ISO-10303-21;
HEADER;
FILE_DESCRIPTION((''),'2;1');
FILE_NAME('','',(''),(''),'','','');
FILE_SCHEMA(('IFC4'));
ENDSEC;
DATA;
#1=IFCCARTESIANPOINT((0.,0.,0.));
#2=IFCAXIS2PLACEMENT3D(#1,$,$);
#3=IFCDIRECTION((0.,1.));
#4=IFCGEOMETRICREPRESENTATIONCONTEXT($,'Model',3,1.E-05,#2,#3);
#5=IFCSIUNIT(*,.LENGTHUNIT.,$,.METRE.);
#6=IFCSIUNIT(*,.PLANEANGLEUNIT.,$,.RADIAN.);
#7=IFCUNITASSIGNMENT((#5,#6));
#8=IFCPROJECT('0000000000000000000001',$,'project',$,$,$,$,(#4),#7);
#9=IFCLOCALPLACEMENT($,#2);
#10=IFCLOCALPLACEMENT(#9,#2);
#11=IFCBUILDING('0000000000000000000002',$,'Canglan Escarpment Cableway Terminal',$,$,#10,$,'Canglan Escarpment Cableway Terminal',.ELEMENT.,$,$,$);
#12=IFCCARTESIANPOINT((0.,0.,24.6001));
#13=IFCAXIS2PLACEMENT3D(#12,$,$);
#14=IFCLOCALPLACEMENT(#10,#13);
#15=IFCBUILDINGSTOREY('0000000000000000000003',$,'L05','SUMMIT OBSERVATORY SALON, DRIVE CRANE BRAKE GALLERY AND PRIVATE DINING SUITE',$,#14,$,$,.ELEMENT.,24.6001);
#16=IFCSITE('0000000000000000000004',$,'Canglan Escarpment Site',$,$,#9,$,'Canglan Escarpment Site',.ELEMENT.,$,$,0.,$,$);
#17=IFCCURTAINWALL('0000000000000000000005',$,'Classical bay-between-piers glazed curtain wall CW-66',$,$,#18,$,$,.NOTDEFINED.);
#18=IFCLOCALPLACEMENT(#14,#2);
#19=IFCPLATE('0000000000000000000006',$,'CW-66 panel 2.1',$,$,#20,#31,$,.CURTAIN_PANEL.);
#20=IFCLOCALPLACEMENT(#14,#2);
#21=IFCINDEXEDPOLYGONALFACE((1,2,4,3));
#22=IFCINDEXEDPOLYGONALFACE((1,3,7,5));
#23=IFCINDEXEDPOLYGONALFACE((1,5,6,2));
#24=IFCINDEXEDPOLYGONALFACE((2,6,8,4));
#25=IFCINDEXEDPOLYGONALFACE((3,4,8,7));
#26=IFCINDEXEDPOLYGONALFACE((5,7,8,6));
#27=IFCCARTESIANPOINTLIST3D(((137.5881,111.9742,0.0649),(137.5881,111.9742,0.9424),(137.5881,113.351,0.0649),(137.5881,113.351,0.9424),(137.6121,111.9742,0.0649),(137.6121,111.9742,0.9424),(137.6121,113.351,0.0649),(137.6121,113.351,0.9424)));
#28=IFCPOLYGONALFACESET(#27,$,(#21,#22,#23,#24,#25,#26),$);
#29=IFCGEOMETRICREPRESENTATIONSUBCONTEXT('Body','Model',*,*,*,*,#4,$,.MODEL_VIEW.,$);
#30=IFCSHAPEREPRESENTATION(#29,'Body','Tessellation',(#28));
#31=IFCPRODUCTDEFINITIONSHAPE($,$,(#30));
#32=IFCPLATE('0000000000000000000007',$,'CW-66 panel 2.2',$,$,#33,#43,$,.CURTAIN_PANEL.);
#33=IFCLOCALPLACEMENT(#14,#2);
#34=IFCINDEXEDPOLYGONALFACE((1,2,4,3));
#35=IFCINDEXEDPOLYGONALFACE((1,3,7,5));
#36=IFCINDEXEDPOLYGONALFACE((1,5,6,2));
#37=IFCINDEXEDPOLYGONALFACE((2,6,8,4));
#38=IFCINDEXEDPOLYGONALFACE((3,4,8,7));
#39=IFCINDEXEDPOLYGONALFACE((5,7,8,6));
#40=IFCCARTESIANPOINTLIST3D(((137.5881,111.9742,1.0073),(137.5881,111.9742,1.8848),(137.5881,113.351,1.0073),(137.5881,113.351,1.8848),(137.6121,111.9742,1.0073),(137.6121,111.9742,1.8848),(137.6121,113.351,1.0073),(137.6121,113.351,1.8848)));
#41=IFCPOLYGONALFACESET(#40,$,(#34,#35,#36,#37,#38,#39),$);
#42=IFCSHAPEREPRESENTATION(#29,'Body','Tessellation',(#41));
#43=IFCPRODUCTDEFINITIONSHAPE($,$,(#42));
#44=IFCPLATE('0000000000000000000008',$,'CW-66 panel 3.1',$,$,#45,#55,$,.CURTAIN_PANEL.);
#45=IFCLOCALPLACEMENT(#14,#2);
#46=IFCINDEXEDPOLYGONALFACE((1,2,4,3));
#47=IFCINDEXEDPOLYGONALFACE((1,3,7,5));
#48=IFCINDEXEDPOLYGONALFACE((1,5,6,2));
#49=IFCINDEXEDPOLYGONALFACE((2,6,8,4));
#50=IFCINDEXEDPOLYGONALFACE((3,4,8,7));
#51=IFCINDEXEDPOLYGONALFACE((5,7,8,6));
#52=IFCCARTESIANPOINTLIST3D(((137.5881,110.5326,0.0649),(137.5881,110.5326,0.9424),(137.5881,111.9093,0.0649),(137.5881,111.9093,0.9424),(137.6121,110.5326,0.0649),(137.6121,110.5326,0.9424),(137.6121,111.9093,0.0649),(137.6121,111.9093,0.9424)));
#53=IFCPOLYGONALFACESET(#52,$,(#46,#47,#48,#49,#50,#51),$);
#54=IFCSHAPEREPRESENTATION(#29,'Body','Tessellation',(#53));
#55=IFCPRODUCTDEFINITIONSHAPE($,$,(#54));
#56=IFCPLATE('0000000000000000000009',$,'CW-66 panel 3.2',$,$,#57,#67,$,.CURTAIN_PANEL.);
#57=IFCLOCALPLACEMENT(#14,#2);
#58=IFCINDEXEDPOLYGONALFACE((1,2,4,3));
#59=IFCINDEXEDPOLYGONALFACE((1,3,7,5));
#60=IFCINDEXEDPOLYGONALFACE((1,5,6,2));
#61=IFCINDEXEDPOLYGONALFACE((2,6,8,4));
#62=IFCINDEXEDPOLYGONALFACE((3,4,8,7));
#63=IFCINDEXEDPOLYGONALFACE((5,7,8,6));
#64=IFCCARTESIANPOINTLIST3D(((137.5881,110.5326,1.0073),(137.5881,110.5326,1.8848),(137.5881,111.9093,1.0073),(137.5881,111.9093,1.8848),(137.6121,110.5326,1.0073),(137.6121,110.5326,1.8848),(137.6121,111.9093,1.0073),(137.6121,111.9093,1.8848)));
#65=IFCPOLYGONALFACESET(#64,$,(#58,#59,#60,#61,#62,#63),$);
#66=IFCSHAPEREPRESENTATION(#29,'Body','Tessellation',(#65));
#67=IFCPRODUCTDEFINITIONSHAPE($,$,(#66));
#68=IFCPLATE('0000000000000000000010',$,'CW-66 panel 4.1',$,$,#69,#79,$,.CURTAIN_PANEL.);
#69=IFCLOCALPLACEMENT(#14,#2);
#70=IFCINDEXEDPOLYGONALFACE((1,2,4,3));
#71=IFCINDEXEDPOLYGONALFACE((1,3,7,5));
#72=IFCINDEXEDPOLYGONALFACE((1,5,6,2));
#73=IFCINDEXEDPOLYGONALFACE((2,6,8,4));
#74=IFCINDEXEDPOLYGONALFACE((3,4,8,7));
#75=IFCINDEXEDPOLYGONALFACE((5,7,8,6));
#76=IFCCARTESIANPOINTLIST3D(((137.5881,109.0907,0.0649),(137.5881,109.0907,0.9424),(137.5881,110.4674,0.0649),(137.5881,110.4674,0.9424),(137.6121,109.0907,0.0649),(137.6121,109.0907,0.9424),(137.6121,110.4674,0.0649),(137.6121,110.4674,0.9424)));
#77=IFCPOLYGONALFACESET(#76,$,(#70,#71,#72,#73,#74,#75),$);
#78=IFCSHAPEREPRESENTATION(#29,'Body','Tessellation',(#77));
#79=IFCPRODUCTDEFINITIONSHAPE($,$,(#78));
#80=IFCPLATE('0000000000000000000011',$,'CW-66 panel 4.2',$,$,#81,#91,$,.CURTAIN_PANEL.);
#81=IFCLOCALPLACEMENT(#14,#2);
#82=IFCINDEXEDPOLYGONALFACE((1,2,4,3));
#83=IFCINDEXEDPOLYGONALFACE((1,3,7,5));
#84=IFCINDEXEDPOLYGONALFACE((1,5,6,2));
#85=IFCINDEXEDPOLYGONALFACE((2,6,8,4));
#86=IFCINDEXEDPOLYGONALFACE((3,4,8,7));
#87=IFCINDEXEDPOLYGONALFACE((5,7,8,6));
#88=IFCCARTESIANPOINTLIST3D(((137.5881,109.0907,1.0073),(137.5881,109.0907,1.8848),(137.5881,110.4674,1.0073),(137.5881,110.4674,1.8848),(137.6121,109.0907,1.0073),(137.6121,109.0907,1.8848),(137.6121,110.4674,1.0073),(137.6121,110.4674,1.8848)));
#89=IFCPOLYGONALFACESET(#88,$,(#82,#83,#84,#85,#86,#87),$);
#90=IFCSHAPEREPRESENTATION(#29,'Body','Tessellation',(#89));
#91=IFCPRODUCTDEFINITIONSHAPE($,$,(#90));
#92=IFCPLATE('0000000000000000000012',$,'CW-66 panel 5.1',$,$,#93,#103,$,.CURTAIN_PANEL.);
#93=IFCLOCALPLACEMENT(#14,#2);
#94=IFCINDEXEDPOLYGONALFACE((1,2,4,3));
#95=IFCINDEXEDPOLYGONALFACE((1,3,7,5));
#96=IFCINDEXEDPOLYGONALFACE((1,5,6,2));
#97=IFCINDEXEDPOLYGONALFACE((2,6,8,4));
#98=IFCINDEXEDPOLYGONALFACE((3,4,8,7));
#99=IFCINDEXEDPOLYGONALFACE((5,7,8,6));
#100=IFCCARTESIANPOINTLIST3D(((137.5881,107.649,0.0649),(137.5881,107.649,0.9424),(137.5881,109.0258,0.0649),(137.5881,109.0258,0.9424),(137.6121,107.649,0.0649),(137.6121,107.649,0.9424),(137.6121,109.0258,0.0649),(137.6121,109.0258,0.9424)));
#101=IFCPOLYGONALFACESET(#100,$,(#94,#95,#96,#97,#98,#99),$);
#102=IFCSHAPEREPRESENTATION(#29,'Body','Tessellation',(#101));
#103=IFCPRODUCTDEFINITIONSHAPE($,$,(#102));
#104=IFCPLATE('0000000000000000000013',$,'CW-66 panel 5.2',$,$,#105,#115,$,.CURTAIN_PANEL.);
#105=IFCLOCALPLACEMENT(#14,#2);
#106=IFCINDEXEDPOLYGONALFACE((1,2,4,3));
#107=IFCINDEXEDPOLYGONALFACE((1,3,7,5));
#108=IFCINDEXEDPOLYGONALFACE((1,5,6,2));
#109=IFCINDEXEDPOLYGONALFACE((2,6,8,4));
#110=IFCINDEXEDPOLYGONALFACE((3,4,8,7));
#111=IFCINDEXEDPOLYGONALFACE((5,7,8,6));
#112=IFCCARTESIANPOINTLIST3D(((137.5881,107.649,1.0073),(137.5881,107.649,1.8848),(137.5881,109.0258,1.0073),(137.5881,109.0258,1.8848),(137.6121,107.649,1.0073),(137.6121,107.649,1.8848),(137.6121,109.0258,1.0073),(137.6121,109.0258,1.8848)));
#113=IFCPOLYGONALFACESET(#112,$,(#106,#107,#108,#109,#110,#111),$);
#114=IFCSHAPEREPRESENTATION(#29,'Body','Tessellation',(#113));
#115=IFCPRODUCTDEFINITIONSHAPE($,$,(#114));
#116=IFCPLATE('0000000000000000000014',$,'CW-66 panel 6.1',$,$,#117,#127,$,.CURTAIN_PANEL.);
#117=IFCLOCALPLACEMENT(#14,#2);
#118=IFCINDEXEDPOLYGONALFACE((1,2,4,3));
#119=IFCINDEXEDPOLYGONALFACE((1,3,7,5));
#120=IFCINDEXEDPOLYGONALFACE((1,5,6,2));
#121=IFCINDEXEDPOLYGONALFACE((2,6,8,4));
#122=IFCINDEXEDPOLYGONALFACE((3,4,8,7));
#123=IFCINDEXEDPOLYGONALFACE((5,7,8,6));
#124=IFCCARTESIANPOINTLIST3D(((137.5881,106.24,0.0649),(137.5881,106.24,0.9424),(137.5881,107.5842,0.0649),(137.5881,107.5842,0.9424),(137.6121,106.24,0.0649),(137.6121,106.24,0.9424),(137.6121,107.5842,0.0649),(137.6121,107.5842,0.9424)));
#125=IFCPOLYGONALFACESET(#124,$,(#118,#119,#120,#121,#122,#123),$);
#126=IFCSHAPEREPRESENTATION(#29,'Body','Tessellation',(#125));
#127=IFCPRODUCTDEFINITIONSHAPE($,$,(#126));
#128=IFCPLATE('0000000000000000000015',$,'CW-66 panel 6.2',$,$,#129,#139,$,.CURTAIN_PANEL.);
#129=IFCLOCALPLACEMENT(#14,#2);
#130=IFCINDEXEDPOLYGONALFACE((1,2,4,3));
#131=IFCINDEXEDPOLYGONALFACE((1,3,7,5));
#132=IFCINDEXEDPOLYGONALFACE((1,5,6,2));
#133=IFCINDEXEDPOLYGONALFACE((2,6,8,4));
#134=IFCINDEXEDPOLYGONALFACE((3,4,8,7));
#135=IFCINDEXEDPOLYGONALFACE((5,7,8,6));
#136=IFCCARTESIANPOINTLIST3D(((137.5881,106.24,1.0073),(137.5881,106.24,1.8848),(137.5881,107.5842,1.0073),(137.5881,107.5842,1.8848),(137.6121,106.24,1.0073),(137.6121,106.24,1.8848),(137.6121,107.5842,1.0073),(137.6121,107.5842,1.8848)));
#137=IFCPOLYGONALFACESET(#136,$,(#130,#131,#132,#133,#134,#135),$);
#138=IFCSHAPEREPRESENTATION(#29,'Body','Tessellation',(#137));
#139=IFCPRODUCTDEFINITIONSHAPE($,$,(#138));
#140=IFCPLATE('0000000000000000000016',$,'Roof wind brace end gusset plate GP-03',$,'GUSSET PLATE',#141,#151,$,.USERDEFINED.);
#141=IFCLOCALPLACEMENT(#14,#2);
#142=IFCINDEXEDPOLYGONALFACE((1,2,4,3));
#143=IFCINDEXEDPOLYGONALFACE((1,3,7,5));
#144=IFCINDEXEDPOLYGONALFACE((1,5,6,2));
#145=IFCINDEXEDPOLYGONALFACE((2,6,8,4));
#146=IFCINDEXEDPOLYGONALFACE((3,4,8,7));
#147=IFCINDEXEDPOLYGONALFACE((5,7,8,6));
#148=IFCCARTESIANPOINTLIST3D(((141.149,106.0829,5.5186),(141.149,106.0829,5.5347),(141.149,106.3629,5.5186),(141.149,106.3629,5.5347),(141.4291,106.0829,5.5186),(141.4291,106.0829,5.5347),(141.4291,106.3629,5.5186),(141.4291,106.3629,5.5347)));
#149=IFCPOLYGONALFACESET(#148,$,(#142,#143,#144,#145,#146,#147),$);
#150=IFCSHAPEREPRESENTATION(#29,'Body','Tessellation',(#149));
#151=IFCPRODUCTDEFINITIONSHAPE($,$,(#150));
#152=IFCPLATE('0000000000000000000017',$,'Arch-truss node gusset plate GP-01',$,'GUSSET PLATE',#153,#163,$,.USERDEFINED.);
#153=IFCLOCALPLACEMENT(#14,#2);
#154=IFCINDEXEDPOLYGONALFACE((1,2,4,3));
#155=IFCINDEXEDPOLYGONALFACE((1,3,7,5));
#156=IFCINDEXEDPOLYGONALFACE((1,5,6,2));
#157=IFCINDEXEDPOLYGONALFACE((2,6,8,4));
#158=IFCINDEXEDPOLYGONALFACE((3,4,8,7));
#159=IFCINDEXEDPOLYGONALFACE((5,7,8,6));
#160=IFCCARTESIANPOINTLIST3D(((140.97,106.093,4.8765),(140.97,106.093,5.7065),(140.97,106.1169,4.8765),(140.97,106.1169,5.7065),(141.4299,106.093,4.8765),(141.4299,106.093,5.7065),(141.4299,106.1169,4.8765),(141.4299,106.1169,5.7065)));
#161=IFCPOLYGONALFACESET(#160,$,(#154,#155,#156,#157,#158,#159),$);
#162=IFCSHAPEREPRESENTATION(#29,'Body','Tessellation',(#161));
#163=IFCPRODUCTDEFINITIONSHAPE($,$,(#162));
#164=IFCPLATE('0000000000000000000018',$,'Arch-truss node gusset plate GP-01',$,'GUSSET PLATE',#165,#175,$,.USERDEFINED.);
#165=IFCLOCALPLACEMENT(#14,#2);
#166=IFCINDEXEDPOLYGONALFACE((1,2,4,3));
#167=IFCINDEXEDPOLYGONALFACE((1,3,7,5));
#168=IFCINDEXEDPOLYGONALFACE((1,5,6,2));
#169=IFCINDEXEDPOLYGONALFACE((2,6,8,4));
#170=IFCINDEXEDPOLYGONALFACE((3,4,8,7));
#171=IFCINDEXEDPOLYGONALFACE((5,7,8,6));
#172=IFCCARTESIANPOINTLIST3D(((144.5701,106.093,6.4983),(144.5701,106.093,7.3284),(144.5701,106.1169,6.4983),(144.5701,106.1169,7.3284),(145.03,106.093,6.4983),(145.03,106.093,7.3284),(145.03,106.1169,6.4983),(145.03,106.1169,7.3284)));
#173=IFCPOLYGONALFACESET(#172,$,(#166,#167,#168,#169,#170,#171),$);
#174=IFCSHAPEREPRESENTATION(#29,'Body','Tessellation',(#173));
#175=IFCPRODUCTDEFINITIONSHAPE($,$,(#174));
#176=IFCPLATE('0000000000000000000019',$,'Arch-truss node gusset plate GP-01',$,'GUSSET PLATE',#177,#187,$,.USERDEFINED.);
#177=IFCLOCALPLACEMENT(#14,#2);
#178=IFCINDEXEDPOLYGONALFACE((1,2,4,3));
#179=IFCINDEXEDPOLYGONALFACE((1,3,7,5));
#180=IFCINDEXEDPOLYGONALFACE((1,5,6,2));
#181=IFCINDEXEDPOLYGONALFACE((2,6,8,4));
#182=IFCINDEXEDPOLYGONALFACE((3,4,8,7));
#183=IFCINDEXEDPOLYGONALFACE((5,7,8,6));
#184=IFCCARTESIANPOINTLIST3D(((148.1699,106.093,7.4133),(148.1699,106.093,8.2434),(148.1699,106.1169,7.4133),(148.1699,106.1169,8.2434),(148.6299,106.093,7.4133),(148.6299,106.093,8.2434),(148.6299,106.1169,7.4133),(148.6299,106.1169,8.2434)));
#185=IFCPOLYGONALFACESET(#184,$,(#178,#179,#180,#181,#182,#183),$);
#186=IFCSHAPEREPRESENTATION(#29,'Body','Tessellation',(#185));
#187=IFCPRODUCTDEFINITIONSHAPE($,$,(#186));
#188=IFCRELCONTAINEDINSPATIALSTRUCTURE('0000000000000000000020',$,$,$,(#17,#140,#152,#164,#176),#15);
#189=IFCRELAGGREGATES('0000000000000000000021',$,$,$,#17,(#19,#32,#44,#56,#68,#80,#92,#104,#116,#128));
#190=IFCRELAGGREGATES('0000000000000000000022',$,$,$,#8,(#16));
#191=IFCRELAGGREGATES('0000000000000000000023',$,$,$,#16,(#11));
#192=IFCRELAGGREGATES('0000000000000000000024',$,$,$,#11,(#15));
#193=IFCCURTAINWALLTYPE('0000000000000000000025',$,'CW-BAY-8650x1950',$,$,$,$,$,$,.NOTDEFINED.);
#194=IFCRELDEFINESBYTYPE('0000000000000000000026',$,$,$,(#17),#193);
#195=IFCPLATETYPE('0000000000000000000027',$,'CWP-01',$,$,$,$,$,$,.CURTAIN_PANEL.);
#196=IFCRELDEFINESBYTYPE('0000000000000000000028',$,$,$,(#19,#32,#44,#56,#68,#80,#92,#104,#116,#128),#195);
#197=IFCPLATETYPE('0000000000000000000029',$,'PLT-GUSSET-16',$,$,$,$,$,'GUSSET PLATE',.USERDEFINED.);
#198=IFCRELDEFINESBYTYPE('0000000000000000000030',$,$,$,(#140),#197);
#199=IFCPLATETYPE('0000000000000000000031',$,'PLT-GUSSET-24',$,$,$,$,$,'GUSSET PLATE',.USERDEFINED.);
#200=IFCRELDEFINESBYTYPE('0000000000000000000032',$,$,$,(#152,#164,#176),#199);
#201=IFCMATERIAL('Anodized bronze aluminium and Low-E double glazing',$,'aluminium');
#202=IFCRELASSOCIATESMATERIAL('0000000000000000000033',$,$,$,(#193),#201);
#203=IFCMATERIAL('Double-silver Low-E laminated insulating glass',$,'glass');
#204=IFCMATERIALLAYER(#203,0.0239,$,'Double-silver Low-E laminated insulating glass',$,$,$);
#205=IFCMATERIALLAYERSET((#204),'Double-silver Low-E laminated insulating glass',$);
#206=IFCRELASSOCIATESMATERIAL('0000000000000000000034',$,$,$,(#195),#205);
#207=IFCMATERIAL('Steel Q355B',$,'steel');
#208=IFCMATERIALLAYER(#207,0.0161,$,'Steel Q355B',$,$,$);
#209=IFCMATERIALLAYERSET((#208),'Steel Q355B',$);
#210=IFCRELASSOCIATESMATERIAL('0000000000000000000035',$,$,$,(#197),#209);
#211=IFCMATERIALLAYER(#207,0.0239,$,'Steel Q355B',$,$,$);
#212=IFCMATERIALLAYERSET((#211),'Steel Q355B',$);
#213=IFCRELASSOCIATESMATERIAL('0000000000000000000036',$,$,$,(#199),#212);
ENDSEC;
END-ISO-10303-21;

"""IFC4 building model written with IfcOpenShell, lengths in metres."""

from ifc_helpers import new_model, si_unit, direction, frame, origin, origin_2d, place, context, subcontext, project, spatial, rectangle, extrude, material, layer, layer_set, type_object, element, aggregate, save


model = new_model("IFC4")

# Units and contexts
model_context = context("Model", 3, precision=1e-05, world=origin(), true_north=direction((0.0, 1.0)))
body_context = subcontext(model_context, "Body", "Model", "MODEL_VIEW")
ifc_project = project(units=[si_unit("LENGTHUNIT", "METRE"), si_unit("PLANEANGLEUNIT", "RADIAN")], contexts=[model_context])

# Site, building, storey
site_placement = place(None, origin())
site = spatial("IfcSite", under=ifc_project, at=site_placement, Name="Canglan Escarpment Site", LongName="Canglan Escarpment Site", CompositionType="ELEMENT", RefElevation=0.0)
building_placement = place(site_placement, origin())
building = spatial("IfcBuilding", under=site, at=building_placement, Name="Canglan Escarpment Cableway Terminal", LongName="Canglan Escarpment Cableway Terminal", CompositionType="ELEMENT")
storey_placement = place(building_placement, frame((0.0, 0.0, 24.6001)))
storey = spatial("IfcBuildingStorey", under=building, at=storey_placement, Name="L05", Description="SUMMIT OBSERVATORY SALON, DRIVE CRANE BRAKE GALLERY AND PRIVATE DINING SUITE", CompositionType="ELEMENT", Elevation=24.6001)

# Curtain wall
ifc_material_1 = material(Name="Anodized bronze aluminium and Low-E double glazing", Category="aluminium")
curtain_wall_type = type_object("IfcCurtainWallType", Name="CW-BAY-8650x1950", PredefinedType="NOTDEFINED", material=ifc_material_1)
curtain_wall_placement = place(storey_placement, origin())
curtain_wall = element("IfcCurtainWall", 1, at=curtain_wall_placement, inside=storey, type_object=curtain_wall_type, Name="Classical bay-between-piers glazed curtain wall CW-66", PredefinedType="NOTDEFINED")

# Shared definitions
ifc_material_2 = material(Name="Steel Q355B", Category="steel")

# Plates
ifc_material_3 = material(Name="Double-silver Low-E laminated insulating glass", Category="glass")
ifc_layer_1 = layer(ifc_material_3, 0.0239, Name="Double-silver Low-E laminated insulating glass")
ifc_layer_set_1 = layer_set([ifc_layer_1], Name="Double-silver Low-E laminated insulating glass")
plate_type_1 = type_object("IfcPlateType", Name="CWP-01", PredefinedType="CURTAIN_PANEL", material=ifc_layer_set_1)
plate_1_placement = place(storey_placement, frame((137.6001, 112.6626, 0.0649), z_axis=(0.0, 0.0, 1.0), x_axis=(0.0, -1.0, 0.0)))
plate_1 = element("IfcPlate", 2, at=plate_1_placement, type_object=plate_type_1, Name="CW-66 panel 2.1", PredefinedType="CURTAIN_PANEL", context=body_context, shape_type="SweptSolid", body=[
    extrude(rectangle(XDim=1.3767, YDim=0.0239, at=origin_2d()), origin(), (0.0, 0.0, 1.0), 0.8774),
])
plate_2_placement = place(storey_placement, frame((137.6001, 112.6626, 1.0073), z_axis=(0.0, 0.0, 1.0), x_axis=(0.0, -1.0, 0.0)))
plate_2 = element("IfcPlate", 3, at=plate_2_placement, type_object=plate_type_1, Name="CW-66 panel 2.2", PredefinedType="CURTAIN_PANEL", context=body_context, shape_type="SweptSolid", body=[
    extrude(rectangle(XDim=1.3767, YDim=0.0239, at=origin_2d()), origin(), (0.0, 0.0, 1.0), 0.8774),
])
plate_3_placement = place(storey_placement, frame((137.6001, 111.2209, 0.0649), z_axis=(0.0, 0.0, 1.0), x_axis=(0.0, -1.0, 0.0)))
plate_3 = element("IfcPlate", 4, at=plate_3_placement, type_object=plate_type_1, Name="CW-66 panel 3.1", PredefinedType="CURTAIN_PANEL", context=body_context, shape_type="SweptSolid", body=[
    extrude(rectangle(XDim=1.3767, YDim=0.0239, at=origin_2d()), origin(), (0.0, 0.0, 1.0), 0.8774),
])
plate_4_placement = place(storey_placement, frame((137.6001, 111.2209, 1.0073), z_axis=(0.0, 0.0, 1.0), x_axis=(0.0, -1.0, 0.0)))
plate_4 = element("IfcPlate", 5, at=plate_4_placement, type_object=plate_type_1, Name="CW-66 panel 3.2", PredefinedType="CURTAIN_PANEL", context=body_context, shape_type="SweptSolid", body=[
    extrude(rectangle(XDim=1.3767, YDim=0.0239, at=origin_2d()), origin(), (0.0, 0.0, 1.0), 0.8774),
])
plate_5_placement = place(storey_placement, frame((137.6001, 109.7791, 0.0649), z_axis=(0.0, 0.0, 1.0), x_axis=(0.0, -1.0, 0.0)))
plate_5 = element("IfcPlate", 6, at=plate_5_placement, type_object=plate_type_1, Name="CW-66 panel 4.1", PredefinedType="CURTAIN_PANEL", context=body_context, shape_type="SweptSolid", body=[
    extrude(rectangle(XDim=1.3767, YDim=0.0239, at=origin_2d()), origin(), (0.0, 0.0, 1.0), 0.8774),
])
plate_6_placement = place(storey_placement, frame((137.6001, 109.7791, 1.0073), z_axis=(0.0, 0.0, 1.0), x_axis=(0.0, -1.0, 0.0)))
plate_6 = element("IfcPlate", 7, at=plate_6_placement, type_object=plate_type_1, Name="CW-66 panel 4.2", PredefinedType="CURTAIN_PANEL", context=body_context, shape_type="SweptSolid", body=[
    extrude(rectangle(XDim=1.3767, YDim=0.0239, at=origin_2d()), origin(), (0.0, 0.0, 1.0), 0.8774),
])
plate_7_placement = place(storey_placement, frame((137.6001, 108.3374, 0.0649), z_axis=(0.0, 0.0, 1.0), x_axis=(0.0, -1.0, 0.0)))
plate_7 = element("IfcPlate", 8, at=plate_7_placement, type_object=plate_type_1, Name="CW-66 panel 5.1", PredefinedType="CURTAIN_PANEL", context=body_context, shape_type="SweptSolid", body=[
    extrude(rectangle(XDim=1.3767, YDim=0.0239, at=origin_2d()), origin(), (0.0, 0.0, 1.0), 0.8774),
])
plate_8_placement = place(storey_placement, frame((137.6001, 108.3374, 1.0073), z_axis=(0.0, 0.0, 1.0), x_axis=(0.0, -1.0, 0.0)))
plate_8 = element("IfcPlate", 9, at=plate_8_placement, type_object=plate_type_1, Name="CW-66 panel 5.2", PredefinedType="CURTAIN_PANEL", context=body_context, shape_type="SweptSolid", body=[
    extrude(rectangle(XDim=1.3767, YDim=0.0239, at=origin_2d()), origin(), (0.0, 0.0, 1.0), 0.8774),
])
plate_9_placement = place(storey_placement, frame((137.6001, 106.9121, 0.0649), z_axis=(0.0, 0.0, 1.0), x_axis=(0.0, -1.0, 0.0)))
plate_9 = element("IfcPlate", 10, at=plate_9_placement, type_object=plate_type_1, Name="CW-66 panel 6.1", PredefinedType="CURTAIN_PANEL", context=body_context, shape_type="SweptSolid", body=[
    extrude(rectangle(XDim=1.3442, YDim=0.0239, at=origin_2d()), origin(), (0.0, 0.0, 1.0), 0.8774),
])
plate_10_placement = place(storey_placement, frame((137.6001, 106.9121, 1.0073), z_axis=(0.0, 0.0, 1.0), x_axis=(0.0, -1.0, 0.0)))
plate_10 = element("IfcPlate", 11, at=plate_10_placement, type_object=plate_type_1, Name="CW-66 panel 6.2", PredefinedType="CURTAIN_PANEL", context=body_context, shape_type="SweptSolid", body=[
    extrude(rectangle(XDim=1.3442, YDim=0.0239, at=origin_2d()), origin(), (0.0, 0.0, 1.0), 0.8774),
])
aggregate(curtain_wall, [plate_1, plate_2, plate_3, plate_4, plate_5, plate_6, plate_7, plate_8, plate_9, plate_10])

# Plates
ifc_layer_2 = layer(ifc_material_2, 0.0161, Name="Steel Q355B")
ifc_layer_set_2 = layer_set([ifc_layer_2], Name="Steel Q355B")
plate_type_2 = type_object("IfcPlateType", Name="PLT-GUSSET-16", ElementType="GUSSET PLATE", PredefinedType="USERDEFINED", material=ifc_layer_set_2)
plate_11_placement = place(storey_placement, frame((141.2891, 106.2229, 5.5186), z_axis=(0.0, 0.0, 1.0), x_axis=(1.0, 0.0, 0.0)))
element("IfcPlate", 12, at=plate_11_placement, inside=storey, type_object=plate_type_2, Name="Roof wind brace end gusset plate GP-03", ObjectType="GUSSET PLATE", PredefinedType="USERDEFINED", context=body_context, shape_type="SweptSolid", body=[
    extrude(rectangle(XDim=0.28, YDim=0.28, at=origin_2d()), origin(), (0.0, 0.0, 1.0), 0.0161),
])
ifc_layer_3 = layer(ifc_material_2, 0.0239, Name="Steel Q355B")
ifc_layer_set_3 = layer_set([ifc_layer_3], Name="Steel Q355B")
plate_type_3 = type_object("IfcPlateType", Name="PLT-GUSSET-24", ElementType="GUSSET PLATE", PredefinedType="USERDEFINED", material=ifc_layer_set_3)
for number, where, z_axis, x_axis, name in (
    (13, (141.2, 106.105, 4.8765), (0.0, 0.0, 1.0), (1.0, 0.0, 0.0), "Arch-truss node gusset plate GP-01"),
    (14, (144.8, 106.105, 6.4983), (0.0, 0.0, 1.0), (1.0, 0.0, 0.0), "Arch-truss node gusset plate GP-01"),
    (15, (148.3999, 106.105, 7.4133), (0.0, 0.0, 1.0), (1.0, 0.0, 0.0), "Arch-truss node gusset plate GP-01"),
):
    element("IfcPlate", number, at=place(storey_placement, frame(where, z_axis=z_axis, x_axis=x_axis)), inside=storey, type_object=plate_type_3, Name=name, ObjectType="GUSSET PLATE", PredefinedType="USERDEFINED", context=body_context, shape_type="SweptSolid", body=[
        extrude(rectangle(XDim=0.46, YDim=0.0239, at=origin_2d()), origin(), (0.0, 0.0, 1.0), 0.8301),
    ])

save(model, "model.ifc")
